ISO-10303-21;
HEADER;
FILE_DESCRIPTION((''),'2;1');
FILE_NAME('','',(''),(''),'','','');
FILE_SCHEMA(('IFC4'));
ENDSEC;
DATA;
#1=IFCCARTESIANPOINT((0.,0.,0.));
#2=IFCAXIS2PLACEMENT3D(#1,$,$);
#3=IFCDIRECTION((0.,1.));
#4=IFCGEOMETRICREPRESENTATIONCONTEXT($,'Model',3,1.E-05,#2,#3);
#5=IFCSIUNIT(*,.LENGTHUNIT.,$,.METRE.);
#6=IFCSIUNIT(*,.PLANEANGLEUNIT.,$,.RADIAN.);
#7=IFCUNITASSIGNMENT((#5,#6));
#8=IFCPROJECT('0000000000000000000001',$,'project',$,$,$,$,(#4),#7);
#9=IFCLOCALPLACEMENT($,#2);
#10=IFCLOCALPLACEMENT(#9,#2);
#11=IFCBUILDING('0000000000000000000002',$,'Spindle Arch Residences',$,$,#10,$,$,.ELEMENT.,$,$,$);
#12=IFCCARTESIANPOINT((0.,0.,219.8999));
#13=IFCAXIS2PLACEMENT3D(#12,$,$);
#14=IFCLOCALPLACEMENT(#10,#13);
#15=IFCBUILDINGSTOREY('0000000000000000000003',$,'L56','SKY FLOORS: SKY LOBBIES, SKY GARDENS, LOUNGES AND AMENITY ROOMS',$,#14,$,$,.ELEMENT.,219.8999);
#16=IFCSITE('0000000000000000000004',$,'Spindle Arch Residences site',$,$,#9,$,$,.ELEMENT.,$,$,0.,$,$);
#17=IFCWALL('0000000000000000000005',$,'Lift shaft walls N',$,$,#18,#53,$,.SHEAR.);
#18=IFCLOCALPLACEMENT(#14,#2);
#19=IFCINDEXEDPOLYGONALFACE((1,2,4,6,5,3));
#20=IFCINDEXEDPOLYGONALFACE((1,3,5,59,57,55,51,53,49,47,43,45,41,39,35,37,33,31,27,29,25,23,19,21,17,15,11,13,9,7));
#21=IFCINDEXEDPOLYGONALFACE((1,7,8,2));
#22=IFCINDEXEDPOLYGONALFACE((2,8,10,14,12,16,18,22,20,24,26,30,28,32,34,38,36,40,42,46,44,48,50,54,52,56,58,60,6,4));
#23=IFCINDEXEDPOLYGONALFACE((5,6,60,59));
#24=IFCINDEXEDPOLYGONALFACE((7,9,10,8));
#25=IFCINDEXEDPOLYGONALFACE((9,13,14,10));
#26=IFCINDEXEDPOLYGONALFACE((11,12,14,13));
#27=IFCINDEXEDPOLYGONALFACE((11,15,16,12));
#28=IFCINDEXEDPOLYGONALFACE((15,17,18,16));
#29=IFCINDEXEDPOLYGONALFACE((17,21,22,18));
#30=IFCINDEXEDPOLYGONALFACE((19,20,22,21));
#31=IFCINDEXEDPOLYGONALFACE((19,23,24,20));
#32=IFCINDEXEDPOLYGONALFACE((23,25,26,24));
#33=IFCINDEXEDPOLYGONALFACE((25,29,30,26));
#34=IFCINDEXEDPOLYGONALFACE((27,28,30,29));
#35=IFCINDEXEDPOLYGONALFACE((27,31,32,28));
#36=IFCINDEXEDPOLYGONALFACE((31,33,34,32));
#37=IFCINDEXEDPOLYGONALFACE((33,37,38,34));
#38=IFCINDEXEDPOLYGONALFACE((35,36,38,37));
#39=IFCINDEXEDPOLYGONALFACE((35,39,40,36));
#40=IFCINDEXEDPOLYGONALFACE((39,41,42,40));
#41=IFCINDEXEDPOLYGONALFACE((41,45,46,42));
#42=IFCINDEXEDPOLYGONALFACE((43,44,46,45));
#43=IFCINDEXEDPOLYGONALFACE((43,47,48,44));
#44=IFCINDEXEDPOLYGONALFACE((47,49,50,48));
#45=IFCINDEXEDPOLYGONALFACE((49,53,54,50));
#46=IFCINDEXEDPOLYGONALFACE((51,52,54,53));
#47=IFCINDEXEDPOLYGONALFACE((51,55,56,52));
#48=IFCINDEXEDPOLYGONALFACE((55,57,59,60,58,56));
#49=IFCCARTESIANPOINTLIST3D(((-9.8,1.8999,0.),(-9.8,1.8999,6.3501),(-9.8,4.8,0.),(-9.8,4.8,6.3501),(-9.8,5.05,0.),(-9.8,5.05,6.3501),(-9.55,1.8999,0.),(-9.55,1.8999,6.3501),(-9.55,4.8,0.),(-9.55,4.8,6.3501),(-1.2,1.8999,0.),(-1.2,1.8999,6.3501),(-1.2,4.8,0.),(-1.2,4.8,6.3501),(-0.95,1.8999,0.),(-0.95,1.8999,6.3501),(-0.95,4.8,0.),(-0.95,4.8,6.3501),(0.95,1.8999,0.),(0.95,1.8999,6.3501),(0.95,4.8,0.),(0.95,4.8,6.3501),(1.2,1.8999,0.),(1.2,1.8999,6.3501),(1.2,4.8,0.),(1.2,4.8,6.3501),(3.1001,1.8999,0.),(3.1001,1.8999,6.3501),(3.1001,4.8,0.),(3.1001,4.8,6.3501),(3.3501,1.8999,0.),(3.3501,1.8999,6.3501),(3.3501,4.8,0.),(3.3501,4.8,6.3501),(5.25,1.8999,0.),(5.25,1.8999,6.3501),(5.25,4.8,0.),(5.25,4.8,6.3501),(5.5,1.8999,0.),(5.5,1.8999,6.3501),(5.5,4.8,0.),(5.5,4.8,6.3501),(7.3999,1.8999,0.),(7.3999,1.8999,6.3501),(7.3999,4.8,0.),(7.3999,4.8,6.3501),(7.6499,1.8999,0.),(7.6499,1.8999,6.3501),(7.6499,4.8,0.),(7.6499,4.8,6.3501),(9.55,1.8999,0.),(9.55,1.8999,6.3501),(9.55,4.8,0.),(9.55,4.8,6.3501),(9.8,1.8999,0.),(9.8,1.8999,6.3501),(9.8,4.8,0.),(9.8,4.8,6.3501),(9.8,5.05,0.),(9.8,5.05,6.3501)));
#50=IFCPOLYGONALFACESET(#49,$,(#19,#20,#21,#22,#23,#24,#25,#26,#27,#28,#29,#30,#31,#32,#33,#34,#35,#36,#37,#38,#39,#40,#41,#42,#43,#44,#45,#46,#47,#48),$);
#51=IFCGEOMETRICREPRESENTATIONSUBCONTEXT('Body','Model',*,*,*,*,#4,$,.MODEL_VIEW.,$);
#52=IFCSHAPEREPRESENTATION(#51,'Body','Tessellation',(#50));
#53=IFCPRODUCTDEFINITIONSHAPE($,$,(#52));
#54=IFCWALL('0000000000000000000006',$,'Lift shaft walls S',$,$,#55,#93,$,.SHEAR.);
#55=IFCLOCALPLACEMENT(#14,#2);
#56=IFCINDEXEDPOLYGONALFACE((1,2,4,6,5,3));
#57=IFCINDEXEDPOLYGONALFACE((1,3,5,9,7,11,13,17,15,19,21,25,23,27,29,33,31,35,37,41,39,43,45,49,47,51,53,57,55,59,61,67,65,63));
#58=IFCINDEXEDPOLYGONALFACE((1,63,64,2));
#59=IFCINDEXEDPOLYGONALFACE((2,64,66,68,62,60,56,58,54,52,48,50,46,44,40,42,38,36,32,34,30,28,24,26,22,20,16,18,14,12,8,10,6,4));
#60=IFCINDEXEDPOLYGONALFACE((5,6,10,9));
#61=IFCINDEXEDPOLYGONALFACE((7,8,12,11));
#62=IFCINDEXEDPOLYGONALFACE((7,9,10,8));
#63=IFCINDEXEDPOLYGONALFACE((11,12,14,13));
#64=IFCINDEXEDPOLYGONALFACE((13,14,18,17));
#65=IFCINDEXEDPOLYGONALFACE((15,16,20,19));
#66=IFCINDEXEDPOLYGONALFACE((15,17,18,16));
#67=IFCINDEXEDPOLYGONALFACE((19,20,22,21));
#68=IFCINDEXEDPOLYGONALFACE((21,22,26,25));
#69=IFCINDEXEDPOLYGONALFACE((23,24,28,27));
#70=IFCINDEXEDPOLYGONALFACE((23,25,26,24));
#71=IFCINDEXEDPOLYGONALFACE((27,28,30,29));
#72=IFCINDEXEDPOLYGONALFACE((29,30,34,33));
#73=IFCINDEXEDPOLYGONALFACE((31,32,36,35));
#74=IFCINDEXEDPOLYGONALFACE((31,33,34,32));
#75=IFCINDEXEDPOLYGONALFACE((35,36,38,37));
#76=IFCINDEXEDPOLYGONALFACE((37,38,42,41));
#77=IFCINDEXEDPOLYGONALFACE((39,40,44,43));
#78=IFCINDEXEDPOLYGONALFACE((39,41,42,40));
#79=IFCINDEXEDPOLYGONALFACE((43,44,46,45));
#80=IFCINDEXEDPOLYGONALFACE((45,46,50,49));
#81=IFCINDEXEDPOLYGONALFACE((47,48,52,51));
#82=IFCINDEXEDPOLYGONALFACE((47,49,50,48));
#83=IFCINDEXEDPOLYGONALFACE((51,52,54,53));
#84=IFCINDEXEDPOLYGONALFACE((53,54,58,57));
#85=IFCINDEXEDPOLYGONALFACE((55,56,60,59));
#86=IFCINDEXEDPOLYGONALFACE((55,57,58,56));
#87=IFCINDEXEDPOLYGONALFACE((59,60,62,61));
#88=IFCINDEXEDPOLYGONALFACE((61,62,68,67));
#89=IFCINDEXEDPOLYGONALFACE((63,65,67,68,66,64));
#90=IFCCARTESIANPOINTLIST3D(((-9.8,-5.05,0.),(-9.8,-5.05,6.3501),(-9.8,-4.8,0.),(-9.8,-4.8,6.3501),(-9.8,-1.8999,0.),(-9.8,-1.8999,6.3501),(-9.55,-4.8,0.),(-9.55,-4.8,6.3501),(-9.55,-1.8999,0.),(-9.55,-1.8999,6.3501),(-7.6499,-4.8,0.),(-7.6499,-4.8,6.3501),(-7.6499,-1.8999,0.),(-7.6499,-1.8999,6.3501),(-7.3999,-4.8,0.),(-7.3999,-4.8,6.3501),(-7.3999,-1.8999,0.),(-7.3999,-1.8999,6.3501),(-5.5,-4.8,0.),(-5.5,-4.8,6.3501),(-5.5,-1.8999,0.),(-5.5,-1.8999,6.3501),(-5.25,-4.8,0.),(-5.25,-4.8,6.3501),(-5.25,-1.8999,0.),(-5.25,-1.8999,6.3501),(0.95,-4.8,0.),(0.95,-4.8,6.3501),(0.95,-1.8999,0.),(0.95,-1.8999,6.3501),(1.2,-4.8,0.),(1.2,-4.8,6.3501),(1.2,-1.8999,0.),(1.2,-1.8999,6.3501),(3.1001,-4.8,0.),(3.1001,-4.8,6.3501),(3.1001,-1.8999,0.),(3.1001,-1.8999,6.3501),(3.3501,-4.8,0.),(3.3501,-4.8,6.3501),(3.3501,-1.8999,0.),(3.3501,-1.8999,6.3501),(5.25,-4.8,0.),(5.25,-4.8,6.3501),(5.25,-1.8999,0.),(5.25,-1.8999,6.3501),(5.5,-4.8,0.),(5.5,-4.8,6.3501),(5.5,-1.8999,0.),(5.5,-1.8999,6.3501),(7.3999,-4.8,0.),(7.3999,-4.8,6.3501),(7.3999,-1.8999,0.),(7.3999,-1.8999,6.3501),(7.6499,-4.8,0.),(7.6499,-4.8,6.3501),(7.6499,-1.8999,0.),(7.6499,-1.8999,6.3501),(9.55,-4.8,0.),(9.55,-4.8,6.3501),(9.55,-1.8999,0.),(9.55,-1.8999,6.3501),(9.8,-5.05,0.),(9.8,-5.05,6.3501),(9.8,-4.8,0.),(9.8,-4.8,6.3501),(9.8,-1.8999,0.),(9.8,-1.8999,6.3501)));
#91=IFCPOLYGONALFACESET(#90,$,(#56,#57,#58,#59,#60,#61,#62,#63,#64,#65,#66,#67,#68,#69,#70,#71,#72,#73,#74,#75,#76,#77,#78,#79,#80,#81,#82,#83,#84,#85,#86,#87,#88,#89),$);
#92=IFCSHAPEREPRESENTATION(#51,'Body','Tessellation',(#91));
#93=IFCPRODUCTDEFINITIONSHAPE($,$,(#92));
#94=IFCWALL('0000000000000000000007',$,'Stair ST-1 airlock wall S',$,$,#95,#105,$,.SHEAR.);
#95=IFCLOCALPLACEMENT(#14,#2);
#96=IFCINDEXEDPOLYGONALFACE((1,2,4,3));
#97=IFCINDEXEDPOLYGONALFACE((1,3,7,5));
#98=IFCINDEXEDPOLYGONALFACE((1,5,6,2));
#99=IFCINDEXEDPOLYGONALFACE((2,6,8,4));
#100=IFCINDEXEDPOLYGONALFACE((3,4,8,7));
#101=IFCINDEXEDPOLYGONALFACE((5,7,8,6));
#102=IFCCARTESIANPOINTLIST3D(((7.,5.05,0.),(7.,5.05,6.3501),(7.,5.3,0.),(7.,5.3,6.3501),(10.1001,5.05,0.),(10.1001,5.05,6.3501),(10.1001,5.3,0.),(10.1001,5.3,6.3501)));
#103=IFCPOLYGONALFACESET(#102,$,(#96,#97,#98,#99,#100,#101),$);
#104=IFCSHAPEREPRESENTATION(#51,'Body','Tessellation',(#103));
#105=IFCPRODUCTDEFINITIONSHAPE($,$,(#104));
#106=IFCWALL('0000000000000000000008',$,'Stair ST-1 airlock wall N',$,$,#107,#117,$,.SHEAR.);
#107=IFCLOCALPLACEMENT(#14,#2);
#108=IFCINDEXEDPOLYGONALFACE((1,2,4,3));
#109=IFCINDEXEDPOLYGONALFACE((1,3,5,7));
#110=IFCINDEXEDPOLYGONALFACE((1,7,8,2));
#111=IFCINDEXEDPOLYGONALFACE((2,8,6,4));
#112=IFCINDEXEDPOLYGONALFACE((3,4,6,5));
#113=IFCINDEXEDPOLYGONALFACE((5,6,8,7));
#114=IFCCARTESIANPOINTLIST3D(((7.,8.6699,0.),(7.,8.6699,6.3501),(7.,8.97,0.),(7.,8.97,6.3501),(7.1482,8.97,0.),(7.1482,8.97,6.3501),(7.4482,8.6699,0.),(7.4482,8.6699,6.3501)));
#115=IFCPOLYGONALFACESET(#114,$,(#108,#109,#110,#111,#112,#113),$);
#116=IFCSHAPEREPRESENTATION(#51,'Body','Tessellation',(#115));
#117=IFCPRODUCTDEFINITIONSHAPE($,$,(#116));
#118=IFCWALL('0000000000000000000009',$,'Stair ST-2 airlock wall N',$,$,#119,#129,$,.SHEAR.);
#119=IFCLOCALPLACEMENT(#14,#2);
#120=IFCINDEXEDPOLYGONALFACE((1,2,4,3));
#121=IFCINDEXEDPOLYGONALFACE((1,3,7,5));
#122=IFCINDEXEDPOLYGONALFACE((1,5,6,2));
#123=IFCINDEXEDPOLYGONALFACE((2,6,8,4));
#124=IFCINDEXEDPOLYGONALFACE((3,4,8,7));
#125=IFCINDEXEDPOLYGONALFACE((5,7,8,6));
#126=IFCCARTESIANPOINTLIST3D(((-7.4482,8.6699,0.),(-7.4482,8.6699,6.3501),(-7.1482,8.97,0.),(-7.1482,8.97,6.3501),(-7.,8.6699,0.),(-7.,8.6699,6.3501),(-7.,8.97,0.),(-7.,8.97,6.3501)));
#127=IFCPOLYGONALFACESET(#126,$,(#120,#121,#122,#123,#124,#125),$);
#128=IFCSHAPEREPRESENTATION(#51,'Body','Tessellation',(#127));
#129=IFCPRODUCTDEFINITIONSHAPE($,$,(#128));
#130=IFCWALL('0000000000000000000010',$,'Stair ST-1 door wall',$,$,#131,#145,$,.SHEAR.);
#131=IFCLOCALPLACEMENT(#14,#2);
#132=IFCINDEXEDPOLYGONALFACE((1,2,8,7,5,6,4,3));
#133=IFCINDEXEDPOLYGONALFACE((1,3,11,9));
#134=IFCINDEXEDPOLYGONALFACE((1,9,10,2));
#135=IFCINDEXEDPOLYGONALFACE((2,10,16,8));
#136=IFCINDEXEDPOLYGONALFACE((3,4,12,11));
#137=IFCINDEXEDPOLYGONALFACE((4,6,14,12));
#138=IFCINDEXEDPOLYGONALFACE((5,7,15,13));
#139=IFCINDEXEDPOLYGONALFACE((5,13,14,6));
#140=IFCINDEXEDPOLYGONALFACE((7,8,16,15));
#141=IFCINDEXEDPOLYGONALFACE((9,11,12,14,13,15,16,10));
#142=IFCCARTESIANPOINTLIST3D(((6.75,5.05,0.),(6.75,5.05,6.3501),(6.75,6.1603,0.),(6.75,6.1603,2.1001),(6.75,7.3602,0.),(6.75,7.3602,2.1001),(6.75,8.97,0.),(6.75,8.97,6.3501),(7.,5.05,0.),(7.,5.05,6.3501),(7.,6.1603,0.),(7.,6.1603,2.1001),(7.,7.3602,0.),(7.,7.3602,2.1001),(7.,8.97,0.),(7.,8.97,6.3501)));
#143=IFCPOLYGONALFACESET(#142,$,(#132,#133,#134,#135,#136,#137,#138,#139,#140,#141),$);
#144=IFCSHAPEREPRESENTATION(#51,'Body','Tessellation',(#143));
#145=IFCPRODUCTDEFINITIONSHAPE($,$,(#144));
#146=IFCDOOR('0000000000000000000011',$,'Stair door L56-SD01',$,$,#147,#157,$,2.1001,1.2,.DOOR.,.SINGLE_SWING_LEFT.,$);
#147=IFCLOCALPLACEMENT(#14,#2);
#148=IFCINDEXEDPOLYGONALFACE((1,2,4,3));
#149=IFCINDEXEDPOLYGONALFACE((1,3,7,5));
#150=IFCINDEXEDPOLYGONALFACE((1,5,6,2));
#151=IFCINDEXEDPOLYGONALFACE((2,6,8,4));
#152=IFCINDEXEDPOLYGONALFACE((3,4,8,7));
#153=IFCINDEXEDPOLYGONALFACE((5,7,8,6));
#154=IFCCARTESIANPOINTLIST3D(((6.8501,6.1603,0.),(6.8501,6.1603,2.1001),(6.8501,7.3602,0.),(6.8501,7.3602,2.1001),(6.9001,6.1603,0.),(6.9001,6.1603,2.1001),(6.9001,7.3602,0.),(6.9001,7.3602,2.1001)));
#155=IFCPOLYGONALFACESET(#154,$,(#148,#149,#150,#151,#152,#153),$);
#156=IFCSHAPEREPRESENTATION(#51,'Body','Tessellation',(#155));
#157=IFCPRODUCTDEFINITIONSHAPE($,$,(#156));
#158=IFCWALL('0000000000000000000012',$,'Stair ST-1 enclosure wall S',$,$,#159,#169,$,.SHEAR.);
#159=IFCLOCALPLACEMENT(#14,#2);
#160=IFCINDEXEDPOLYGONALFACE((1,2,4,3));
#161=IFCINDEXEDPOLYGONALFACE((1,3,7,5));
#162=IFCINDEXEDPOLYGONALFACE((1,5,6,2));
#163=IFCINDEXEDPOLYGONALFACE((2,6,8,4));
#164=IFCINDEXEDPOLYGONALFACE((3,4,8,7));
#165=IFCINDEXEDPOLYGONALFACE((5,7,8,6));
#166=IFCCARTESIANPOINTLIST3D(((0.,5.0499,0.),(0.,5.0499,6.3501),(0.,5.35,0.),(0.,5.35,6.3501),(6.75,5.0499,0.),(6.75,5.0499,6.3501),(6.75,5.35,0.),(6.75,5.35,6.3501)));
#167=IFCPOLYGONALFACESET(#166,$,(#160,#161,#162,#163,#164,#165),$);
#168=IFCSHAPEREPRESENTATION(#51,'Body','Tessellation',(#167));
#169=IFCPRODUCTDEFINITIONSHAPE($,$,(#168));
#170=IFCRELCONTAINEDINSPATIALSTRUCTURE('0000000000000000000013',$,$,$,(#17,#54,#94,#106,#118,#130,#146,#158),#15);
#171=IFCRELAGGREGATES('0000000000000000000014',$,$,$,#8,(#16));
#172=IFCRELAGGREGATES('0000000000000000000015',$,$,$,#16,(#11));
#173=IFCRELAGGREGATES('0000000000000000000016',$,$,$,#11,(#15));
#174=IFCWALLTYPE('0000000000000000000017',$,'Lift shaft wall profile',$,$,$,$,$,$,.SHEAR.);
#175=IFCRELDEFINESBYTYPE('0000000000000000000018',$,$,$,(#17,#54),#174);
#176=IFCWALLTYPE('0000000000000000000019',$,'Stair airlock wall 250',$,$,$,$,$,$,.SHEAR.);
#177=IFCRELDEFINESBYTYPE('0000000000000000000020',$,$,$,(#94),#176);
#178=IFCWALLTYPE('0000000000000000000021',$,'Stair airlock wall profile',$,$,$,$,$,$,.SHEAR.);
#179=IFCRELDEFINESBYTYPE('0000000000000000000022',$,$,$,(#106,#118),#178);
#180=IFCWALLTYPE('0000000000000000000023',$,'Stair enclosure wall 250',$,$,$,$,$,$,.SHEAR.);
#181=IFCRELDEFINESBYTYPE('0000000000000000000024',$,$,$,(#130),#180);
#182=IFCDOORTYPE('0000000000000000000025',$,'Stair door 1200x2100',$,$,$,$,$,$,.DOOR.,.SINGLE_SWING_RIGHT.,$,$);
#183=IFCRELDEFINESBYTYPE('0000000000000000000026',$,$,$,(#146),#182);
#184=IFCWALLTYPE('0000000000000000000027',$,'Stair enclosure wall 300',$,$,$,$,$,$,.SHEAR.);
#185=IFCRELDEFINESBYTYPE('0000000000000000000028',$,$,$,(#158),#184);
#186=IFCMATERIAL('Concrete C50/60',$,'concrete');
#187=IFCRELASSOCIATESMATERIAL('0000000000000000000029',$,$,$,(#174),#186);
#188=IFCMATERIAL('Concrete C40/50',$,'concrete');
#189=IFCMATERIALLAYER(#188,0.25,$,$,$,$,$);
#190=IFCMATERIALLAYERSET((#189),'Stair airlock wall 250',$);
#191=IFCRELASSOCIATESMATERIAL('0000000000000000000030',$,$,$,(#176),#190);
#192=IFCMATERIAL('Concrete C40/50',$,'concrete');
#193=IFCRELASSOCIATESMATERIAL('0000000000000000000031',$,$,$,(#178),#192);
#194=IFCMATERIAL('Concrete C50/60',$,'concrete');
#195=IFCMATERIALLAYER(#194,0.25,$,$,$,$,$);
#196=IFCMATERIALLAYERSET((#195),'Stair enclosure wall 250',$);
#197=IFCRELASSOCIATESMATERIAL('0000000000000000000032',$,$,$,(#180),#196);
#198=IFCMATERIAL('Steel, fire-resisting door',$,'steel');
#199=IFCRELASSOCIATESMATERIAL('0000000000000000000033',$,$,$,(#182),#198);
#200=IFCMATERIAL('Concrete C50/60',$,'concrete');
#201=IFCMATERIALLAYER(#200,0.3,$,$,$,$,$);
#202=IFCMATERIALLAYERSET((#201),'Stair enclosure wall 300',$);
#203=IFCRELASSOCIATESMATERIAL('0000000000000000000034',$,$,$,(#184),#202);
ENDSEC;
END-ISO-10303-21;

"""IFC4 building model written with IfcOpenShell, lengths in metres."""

from ifc_helpers import new_model, si_unit, direction, frame, frame_2d, origin, place, context, subcontext, project, spatial, polyline, rectangle, outline, extrude, material, layer, layer_set, type_object, element, fill, save


model = new_model("IFC4")

# Units and contexts
model_context = context("Model", 3, precision=1e-05, world=origin(), true_north=direction((0.0, 1.0)))
body_context = subcontext(model_context, "Body", "Model", "MODEL_VIEW")
ifc_project = project(units=[si_unit("LENGTHUNIT", "METRE"), si_unit("PLANEANGLEUNIT", "RADIAN")], contexts=[model_context])

# Site, building, storey
site_placement = place(None, origin())
site = spatial("IfcSite", under=ifc_project, at=site_placement, Name="Spindle Arch Residences site", CompositionType="ELEMENT", RefElevation=0.0)
building_placement = place(site_placement, origin())
building = spatial("IfcBuilding", under=site, at=building_placement, Name="Spindle Arch Residences", CompositionType="ELEMENT")
storey_placement = place(building_placement, frame((0.0, 0.0, 219.8999)))
storey = spatial("IfcBuildingStorey", under=building, at=storey_placement, Name="L56", Description="SKY FLOORS: SKY LOBBIES, SKY GARDENS, LOUNGES AND AMENITY ROOMS", CompositionType="ELEMENT", Elevation=219.8999)

# Walls
ifc_material_1 = material(Name="Concrete C50/60", Category="concrete")
wall_type_1 = type_object("IfcWallType", Name="Lift shaft wall profile", PredefinedType="SHEAR", material=ifc_material_1)
wall_1_placement = place(storey_placement, origin())
element("IfcWall", 1, at=wall_1_placement, inside=storey, type_object=wall_type_1, Name="Lift shaft walls N", PredefinedType="SHEAR", context=body_context, shape_type="SweptSolid", body=[
    extrude(outline(polyline([(-9.55, 4.8), (-1.2, 4.8), (-1.2, 1.8999), (-0.95, 1.8999), (-0.95, 4.8), (0.95, 4.8), (0.95, 1.8999), (1.2, 1.8999), (1.2, 4.8), (3.1001, 4.8), (3.1001, 1.8999), (3.3501, 1.8999), (3.3501, 4.8), (5.25, 4.8), (5.25, 1.8999), (5.5, 1.8999), (5.5, 4.8), (7.3999, 4.8), (7.3999, 1.8999), (7.6499, 1.8999), (7.6499, 4.8), (9.55, 4.8), (9.55, 1.8999), (9.8, 1.8999), (9.8, 4.8), (9.8, 5.05), (-9.8, 5.05), (-9.8, 4.8), (-9.8, 1.8999), (-9.55, 1.8999), (-9.55, 4.8)])), origin(), (0.0, 0.0, 1.0), 6.3501),
])
wall_2_placement = place(storey_placement, origin())
element("IfcWall", 2, at=wall_2_placement, inside=storey, type_object=wall_type_1, Name="Lift shaft walls S", PredefinedType="SHEAR", context=body_context, shape_type="SweptSolid", body=[
    extrude(outline(polyline([(9.8, -5.05), (9.8, -4.8), (9.8, -1.8999), (9.55, -1.8999), (9.55, -4.8), (7.6499, -4.8), (7.6499, -1.8999), (7.3999, -1.8999), (7.3999, -4.8), (5.5, -4.8), (5.5, -1.8999), (5.25, -1.8999), (5.25, -4.8), (3.3501, -4.8), (3.3501, -1.8999), (3.1001, -1.8999), (3.1001, -4.8), (1.2, -4.8), (1.2, -1.8999), (0.95, -1.8999), (0.95, -4.8), (-5.25, -4.8), (-5.25, -1.8999), (-5.5, -1.8999), (-5.5, -4.8), (-7.3999, -4.8), (-7.3999, -1.8999), (-7.6499, -1.8999), (-7.6499, -4.8), (-9.55, -4.8), (-9.55, -1.8999), (-9.8, -1.8999), (-9.8, -4.8), (-9.8, -5.05), (9.8, -5.05)])), origin(), (0.0, 0.0, 1.0), 6.3501),
])
ifc_material_2 = material(Name="Concrete C40/50", Category="concrete")
ifc_layer_1 = layer(ifc_material_2, 0.25)
ifc_layer_set_1 = layer_set([ifc_layer_1], Name="Stair airlock wall 250")
wall_type_2 = type_object("IfcWallType", Name="Stair airlock wall 250", PredefinedType="SHEAR", material=ifc_layer_set_1)
wall_3_placement = place(storey_placement, frame((7.0, 5.175, 0.0), z_axis=(0.0, 0.0, 1.0), x_axis=(1.0, 0.0, 0.0)))
element("IfcWall", 3, at=wall_3_placement, inside=storey, type_object=wall_type_2, Name="Stair ST-1 airlock wall S", PredefinedType="SHEAR", context=body_context, shape_type="SweptSolid", body=[
    extrude(rectangle(XDim=3.1001, YDim=0.25, at=frame_2d((1.55, 0.0))), origin(), (0.0, 0.0, 1.0), 6.3501),
])
ifc_material_3 = material(Name="Concrete C40/50", Category="concrete")
wall_type_3 = type_object("IfcWallType", Name="Stair airlock wall profile", PredefinedType="SHEAR", material=ifc_material_3)
wall_4_placement = place(storey_placement, origin())
element("IfcWall", 4, at=wall_4_placement, inside=storey, type_object=wall_type_3, Name="Stair ST-1 airlock wall N", PredefinedType="SHEAR", context=body_context, shape_type="SweptSolid", body=[
    extrude(outline(polyline([(7.4482, 8.6699), (7.0, 8.6699), (7.0, 8.97), (7.1482, 8.97), (7.4482, 8.6699)])), origin(), (0.0, 0.0, 1.0), 6.3501),
])
wall_5_placement = place(storey_placement, origin())
element("IfcWall", 5, at=wall_5_placement, inside=storey, type_object=wall_type_3, Name="Stair ST-2 airlock wall N", PredefinedType="SHEAR", context=body_context, shape_type="SweptSolid", body=[
    extrude(outline(polyline([(-7.1482, 8.97), (-7.0, 8.97), (-7.0, 8.6699), (-7.4482, 8.6699), (-7.1482, 8.97)])), origin(), (0.0, 0.0, 1.0), 6.3501),
])

# Wall, opening, door
ifc_material_4 = material(Name="Concrete C50/60", Category="concrete")
ifc_layer_2 = layer(ifc_material_4, 0.25)
ifc_layer_set_2 = layer_set([ifc_layer_2], Name="Stair enclosure wall 250")
wall_type_4 = type_object("IfcWallType", Name="Stair enclosure wall 250", PredefinedType="SHEAR", material=ifc_layer_set_2)
wall_6_placement = place(storey_placement, frame((6.875, 5.05, 0.0), z_axis=(0.0, 0.0, 1.0), x_axis=(0.0, 1.0, 0.0)))
wall_6 = element("IfcWall", 6, at=wall_6_placement, inside=storey, type_object=wall_type_4, Name="Stair ST-1 door wall", PredefinedType="SHEAR", context=body_context, shape_type="SweptSolid", body=[
    extrude(rectangle(XDim=3.9199, YDim=0.25, at=frame_2d((1.96, 0.0))), origin(), (0.0, 0.0, 1.0), 6.3501),
])
opening_1_placement = place(wall_6_placement, frame((1.1101, 0.0, 0.0)))
opening_1 = element("IfcOpeningElement", 7, at=opening_1_placement, cuts=wall_6, PredefinedType="OPENING", context=body_context, shape_type="SweptSolid", body=[
    extrude(rectangle(XDim=1.2, YDim=2.1001, at=frame_2d((0.6001, 1.05))), frame((0.0, 0.135, 0.0), z_axis=(0.0, -1.0, 0.0), x_axis=(1.0, 0.0, 0.0)), (0.0, 0.0, 1.0), 0.27),
])
ifc_material_5 = material(Name="Steel, fire-resisting door", Category="steel")
door_type_1 = type_object("IfcDoorType", Name="Stair door 1200x2100", OperationType="SINGLE_SWING_RIGHT", PredefinedType="DOOR", material=ifc_material_5)
door_1_placement = place(opening_1_placement, origin())
door_1 = element("IfcDoor", 8, at=door_1_placement, inside=storey, type_object=door_type_1, Name="Stair door L56-SD01", OperationType="SINGLE_SWING_LEFT", OverallHeight=2.1001, OverallWidth=1.2, PredefinedType="DOOR", context=body_context, shape_type="SweptSolid", body=[
    extrude(rectangle(XDim=1.2, YDim=2.1001, at=frame_2d((0.6001, 1.05))), frame((0.0, 0.0249, 0.0), z_axis=(0.0, -1.0, 0.0), x_axis=(1.0, 0.0, 0.0)), (0.0, 0.0, 1.0), 0.05),
])
fill(opening_1, door_1)

# Wall
ifc_material_6 = material(Name="Concrete C50/60", Category="concrete")
ifc_layer_3 = layer(ifc_material_6, 0.3)
ifc_layer_set_3 = layer_set([ifc_layer_3], Name="Stair enclosure wall 300")
wall_type_5 = type_object("IfcWallType", Name="Stair enclosure wall 300", PredefinedType="SHEAR", material=ifc_layer_set_3)
wall_7_placement = place(storey_placement, frame((0.0, 5.2, 0.0), z_axis=(0.0, 0.0, 1.0), x_axis=(1.0, 0.0, 0.0)))
element("IfcWall", 9, at=wall_7_placement, inside=storey, type_object=wall_type_5, Name="Stair ST-1 enclosure wall S", PredefinedType="SHEAR", context=body_context, shape_type="SweptSolid", body=[
    extrude(rectangle(XDim=6.75, YDim=0.3, at=frame_2d((3.375, 0.0))), origin(), (0.0, 0.0, 1.0), 6.3501),
])

save(model, "model.ifc")
